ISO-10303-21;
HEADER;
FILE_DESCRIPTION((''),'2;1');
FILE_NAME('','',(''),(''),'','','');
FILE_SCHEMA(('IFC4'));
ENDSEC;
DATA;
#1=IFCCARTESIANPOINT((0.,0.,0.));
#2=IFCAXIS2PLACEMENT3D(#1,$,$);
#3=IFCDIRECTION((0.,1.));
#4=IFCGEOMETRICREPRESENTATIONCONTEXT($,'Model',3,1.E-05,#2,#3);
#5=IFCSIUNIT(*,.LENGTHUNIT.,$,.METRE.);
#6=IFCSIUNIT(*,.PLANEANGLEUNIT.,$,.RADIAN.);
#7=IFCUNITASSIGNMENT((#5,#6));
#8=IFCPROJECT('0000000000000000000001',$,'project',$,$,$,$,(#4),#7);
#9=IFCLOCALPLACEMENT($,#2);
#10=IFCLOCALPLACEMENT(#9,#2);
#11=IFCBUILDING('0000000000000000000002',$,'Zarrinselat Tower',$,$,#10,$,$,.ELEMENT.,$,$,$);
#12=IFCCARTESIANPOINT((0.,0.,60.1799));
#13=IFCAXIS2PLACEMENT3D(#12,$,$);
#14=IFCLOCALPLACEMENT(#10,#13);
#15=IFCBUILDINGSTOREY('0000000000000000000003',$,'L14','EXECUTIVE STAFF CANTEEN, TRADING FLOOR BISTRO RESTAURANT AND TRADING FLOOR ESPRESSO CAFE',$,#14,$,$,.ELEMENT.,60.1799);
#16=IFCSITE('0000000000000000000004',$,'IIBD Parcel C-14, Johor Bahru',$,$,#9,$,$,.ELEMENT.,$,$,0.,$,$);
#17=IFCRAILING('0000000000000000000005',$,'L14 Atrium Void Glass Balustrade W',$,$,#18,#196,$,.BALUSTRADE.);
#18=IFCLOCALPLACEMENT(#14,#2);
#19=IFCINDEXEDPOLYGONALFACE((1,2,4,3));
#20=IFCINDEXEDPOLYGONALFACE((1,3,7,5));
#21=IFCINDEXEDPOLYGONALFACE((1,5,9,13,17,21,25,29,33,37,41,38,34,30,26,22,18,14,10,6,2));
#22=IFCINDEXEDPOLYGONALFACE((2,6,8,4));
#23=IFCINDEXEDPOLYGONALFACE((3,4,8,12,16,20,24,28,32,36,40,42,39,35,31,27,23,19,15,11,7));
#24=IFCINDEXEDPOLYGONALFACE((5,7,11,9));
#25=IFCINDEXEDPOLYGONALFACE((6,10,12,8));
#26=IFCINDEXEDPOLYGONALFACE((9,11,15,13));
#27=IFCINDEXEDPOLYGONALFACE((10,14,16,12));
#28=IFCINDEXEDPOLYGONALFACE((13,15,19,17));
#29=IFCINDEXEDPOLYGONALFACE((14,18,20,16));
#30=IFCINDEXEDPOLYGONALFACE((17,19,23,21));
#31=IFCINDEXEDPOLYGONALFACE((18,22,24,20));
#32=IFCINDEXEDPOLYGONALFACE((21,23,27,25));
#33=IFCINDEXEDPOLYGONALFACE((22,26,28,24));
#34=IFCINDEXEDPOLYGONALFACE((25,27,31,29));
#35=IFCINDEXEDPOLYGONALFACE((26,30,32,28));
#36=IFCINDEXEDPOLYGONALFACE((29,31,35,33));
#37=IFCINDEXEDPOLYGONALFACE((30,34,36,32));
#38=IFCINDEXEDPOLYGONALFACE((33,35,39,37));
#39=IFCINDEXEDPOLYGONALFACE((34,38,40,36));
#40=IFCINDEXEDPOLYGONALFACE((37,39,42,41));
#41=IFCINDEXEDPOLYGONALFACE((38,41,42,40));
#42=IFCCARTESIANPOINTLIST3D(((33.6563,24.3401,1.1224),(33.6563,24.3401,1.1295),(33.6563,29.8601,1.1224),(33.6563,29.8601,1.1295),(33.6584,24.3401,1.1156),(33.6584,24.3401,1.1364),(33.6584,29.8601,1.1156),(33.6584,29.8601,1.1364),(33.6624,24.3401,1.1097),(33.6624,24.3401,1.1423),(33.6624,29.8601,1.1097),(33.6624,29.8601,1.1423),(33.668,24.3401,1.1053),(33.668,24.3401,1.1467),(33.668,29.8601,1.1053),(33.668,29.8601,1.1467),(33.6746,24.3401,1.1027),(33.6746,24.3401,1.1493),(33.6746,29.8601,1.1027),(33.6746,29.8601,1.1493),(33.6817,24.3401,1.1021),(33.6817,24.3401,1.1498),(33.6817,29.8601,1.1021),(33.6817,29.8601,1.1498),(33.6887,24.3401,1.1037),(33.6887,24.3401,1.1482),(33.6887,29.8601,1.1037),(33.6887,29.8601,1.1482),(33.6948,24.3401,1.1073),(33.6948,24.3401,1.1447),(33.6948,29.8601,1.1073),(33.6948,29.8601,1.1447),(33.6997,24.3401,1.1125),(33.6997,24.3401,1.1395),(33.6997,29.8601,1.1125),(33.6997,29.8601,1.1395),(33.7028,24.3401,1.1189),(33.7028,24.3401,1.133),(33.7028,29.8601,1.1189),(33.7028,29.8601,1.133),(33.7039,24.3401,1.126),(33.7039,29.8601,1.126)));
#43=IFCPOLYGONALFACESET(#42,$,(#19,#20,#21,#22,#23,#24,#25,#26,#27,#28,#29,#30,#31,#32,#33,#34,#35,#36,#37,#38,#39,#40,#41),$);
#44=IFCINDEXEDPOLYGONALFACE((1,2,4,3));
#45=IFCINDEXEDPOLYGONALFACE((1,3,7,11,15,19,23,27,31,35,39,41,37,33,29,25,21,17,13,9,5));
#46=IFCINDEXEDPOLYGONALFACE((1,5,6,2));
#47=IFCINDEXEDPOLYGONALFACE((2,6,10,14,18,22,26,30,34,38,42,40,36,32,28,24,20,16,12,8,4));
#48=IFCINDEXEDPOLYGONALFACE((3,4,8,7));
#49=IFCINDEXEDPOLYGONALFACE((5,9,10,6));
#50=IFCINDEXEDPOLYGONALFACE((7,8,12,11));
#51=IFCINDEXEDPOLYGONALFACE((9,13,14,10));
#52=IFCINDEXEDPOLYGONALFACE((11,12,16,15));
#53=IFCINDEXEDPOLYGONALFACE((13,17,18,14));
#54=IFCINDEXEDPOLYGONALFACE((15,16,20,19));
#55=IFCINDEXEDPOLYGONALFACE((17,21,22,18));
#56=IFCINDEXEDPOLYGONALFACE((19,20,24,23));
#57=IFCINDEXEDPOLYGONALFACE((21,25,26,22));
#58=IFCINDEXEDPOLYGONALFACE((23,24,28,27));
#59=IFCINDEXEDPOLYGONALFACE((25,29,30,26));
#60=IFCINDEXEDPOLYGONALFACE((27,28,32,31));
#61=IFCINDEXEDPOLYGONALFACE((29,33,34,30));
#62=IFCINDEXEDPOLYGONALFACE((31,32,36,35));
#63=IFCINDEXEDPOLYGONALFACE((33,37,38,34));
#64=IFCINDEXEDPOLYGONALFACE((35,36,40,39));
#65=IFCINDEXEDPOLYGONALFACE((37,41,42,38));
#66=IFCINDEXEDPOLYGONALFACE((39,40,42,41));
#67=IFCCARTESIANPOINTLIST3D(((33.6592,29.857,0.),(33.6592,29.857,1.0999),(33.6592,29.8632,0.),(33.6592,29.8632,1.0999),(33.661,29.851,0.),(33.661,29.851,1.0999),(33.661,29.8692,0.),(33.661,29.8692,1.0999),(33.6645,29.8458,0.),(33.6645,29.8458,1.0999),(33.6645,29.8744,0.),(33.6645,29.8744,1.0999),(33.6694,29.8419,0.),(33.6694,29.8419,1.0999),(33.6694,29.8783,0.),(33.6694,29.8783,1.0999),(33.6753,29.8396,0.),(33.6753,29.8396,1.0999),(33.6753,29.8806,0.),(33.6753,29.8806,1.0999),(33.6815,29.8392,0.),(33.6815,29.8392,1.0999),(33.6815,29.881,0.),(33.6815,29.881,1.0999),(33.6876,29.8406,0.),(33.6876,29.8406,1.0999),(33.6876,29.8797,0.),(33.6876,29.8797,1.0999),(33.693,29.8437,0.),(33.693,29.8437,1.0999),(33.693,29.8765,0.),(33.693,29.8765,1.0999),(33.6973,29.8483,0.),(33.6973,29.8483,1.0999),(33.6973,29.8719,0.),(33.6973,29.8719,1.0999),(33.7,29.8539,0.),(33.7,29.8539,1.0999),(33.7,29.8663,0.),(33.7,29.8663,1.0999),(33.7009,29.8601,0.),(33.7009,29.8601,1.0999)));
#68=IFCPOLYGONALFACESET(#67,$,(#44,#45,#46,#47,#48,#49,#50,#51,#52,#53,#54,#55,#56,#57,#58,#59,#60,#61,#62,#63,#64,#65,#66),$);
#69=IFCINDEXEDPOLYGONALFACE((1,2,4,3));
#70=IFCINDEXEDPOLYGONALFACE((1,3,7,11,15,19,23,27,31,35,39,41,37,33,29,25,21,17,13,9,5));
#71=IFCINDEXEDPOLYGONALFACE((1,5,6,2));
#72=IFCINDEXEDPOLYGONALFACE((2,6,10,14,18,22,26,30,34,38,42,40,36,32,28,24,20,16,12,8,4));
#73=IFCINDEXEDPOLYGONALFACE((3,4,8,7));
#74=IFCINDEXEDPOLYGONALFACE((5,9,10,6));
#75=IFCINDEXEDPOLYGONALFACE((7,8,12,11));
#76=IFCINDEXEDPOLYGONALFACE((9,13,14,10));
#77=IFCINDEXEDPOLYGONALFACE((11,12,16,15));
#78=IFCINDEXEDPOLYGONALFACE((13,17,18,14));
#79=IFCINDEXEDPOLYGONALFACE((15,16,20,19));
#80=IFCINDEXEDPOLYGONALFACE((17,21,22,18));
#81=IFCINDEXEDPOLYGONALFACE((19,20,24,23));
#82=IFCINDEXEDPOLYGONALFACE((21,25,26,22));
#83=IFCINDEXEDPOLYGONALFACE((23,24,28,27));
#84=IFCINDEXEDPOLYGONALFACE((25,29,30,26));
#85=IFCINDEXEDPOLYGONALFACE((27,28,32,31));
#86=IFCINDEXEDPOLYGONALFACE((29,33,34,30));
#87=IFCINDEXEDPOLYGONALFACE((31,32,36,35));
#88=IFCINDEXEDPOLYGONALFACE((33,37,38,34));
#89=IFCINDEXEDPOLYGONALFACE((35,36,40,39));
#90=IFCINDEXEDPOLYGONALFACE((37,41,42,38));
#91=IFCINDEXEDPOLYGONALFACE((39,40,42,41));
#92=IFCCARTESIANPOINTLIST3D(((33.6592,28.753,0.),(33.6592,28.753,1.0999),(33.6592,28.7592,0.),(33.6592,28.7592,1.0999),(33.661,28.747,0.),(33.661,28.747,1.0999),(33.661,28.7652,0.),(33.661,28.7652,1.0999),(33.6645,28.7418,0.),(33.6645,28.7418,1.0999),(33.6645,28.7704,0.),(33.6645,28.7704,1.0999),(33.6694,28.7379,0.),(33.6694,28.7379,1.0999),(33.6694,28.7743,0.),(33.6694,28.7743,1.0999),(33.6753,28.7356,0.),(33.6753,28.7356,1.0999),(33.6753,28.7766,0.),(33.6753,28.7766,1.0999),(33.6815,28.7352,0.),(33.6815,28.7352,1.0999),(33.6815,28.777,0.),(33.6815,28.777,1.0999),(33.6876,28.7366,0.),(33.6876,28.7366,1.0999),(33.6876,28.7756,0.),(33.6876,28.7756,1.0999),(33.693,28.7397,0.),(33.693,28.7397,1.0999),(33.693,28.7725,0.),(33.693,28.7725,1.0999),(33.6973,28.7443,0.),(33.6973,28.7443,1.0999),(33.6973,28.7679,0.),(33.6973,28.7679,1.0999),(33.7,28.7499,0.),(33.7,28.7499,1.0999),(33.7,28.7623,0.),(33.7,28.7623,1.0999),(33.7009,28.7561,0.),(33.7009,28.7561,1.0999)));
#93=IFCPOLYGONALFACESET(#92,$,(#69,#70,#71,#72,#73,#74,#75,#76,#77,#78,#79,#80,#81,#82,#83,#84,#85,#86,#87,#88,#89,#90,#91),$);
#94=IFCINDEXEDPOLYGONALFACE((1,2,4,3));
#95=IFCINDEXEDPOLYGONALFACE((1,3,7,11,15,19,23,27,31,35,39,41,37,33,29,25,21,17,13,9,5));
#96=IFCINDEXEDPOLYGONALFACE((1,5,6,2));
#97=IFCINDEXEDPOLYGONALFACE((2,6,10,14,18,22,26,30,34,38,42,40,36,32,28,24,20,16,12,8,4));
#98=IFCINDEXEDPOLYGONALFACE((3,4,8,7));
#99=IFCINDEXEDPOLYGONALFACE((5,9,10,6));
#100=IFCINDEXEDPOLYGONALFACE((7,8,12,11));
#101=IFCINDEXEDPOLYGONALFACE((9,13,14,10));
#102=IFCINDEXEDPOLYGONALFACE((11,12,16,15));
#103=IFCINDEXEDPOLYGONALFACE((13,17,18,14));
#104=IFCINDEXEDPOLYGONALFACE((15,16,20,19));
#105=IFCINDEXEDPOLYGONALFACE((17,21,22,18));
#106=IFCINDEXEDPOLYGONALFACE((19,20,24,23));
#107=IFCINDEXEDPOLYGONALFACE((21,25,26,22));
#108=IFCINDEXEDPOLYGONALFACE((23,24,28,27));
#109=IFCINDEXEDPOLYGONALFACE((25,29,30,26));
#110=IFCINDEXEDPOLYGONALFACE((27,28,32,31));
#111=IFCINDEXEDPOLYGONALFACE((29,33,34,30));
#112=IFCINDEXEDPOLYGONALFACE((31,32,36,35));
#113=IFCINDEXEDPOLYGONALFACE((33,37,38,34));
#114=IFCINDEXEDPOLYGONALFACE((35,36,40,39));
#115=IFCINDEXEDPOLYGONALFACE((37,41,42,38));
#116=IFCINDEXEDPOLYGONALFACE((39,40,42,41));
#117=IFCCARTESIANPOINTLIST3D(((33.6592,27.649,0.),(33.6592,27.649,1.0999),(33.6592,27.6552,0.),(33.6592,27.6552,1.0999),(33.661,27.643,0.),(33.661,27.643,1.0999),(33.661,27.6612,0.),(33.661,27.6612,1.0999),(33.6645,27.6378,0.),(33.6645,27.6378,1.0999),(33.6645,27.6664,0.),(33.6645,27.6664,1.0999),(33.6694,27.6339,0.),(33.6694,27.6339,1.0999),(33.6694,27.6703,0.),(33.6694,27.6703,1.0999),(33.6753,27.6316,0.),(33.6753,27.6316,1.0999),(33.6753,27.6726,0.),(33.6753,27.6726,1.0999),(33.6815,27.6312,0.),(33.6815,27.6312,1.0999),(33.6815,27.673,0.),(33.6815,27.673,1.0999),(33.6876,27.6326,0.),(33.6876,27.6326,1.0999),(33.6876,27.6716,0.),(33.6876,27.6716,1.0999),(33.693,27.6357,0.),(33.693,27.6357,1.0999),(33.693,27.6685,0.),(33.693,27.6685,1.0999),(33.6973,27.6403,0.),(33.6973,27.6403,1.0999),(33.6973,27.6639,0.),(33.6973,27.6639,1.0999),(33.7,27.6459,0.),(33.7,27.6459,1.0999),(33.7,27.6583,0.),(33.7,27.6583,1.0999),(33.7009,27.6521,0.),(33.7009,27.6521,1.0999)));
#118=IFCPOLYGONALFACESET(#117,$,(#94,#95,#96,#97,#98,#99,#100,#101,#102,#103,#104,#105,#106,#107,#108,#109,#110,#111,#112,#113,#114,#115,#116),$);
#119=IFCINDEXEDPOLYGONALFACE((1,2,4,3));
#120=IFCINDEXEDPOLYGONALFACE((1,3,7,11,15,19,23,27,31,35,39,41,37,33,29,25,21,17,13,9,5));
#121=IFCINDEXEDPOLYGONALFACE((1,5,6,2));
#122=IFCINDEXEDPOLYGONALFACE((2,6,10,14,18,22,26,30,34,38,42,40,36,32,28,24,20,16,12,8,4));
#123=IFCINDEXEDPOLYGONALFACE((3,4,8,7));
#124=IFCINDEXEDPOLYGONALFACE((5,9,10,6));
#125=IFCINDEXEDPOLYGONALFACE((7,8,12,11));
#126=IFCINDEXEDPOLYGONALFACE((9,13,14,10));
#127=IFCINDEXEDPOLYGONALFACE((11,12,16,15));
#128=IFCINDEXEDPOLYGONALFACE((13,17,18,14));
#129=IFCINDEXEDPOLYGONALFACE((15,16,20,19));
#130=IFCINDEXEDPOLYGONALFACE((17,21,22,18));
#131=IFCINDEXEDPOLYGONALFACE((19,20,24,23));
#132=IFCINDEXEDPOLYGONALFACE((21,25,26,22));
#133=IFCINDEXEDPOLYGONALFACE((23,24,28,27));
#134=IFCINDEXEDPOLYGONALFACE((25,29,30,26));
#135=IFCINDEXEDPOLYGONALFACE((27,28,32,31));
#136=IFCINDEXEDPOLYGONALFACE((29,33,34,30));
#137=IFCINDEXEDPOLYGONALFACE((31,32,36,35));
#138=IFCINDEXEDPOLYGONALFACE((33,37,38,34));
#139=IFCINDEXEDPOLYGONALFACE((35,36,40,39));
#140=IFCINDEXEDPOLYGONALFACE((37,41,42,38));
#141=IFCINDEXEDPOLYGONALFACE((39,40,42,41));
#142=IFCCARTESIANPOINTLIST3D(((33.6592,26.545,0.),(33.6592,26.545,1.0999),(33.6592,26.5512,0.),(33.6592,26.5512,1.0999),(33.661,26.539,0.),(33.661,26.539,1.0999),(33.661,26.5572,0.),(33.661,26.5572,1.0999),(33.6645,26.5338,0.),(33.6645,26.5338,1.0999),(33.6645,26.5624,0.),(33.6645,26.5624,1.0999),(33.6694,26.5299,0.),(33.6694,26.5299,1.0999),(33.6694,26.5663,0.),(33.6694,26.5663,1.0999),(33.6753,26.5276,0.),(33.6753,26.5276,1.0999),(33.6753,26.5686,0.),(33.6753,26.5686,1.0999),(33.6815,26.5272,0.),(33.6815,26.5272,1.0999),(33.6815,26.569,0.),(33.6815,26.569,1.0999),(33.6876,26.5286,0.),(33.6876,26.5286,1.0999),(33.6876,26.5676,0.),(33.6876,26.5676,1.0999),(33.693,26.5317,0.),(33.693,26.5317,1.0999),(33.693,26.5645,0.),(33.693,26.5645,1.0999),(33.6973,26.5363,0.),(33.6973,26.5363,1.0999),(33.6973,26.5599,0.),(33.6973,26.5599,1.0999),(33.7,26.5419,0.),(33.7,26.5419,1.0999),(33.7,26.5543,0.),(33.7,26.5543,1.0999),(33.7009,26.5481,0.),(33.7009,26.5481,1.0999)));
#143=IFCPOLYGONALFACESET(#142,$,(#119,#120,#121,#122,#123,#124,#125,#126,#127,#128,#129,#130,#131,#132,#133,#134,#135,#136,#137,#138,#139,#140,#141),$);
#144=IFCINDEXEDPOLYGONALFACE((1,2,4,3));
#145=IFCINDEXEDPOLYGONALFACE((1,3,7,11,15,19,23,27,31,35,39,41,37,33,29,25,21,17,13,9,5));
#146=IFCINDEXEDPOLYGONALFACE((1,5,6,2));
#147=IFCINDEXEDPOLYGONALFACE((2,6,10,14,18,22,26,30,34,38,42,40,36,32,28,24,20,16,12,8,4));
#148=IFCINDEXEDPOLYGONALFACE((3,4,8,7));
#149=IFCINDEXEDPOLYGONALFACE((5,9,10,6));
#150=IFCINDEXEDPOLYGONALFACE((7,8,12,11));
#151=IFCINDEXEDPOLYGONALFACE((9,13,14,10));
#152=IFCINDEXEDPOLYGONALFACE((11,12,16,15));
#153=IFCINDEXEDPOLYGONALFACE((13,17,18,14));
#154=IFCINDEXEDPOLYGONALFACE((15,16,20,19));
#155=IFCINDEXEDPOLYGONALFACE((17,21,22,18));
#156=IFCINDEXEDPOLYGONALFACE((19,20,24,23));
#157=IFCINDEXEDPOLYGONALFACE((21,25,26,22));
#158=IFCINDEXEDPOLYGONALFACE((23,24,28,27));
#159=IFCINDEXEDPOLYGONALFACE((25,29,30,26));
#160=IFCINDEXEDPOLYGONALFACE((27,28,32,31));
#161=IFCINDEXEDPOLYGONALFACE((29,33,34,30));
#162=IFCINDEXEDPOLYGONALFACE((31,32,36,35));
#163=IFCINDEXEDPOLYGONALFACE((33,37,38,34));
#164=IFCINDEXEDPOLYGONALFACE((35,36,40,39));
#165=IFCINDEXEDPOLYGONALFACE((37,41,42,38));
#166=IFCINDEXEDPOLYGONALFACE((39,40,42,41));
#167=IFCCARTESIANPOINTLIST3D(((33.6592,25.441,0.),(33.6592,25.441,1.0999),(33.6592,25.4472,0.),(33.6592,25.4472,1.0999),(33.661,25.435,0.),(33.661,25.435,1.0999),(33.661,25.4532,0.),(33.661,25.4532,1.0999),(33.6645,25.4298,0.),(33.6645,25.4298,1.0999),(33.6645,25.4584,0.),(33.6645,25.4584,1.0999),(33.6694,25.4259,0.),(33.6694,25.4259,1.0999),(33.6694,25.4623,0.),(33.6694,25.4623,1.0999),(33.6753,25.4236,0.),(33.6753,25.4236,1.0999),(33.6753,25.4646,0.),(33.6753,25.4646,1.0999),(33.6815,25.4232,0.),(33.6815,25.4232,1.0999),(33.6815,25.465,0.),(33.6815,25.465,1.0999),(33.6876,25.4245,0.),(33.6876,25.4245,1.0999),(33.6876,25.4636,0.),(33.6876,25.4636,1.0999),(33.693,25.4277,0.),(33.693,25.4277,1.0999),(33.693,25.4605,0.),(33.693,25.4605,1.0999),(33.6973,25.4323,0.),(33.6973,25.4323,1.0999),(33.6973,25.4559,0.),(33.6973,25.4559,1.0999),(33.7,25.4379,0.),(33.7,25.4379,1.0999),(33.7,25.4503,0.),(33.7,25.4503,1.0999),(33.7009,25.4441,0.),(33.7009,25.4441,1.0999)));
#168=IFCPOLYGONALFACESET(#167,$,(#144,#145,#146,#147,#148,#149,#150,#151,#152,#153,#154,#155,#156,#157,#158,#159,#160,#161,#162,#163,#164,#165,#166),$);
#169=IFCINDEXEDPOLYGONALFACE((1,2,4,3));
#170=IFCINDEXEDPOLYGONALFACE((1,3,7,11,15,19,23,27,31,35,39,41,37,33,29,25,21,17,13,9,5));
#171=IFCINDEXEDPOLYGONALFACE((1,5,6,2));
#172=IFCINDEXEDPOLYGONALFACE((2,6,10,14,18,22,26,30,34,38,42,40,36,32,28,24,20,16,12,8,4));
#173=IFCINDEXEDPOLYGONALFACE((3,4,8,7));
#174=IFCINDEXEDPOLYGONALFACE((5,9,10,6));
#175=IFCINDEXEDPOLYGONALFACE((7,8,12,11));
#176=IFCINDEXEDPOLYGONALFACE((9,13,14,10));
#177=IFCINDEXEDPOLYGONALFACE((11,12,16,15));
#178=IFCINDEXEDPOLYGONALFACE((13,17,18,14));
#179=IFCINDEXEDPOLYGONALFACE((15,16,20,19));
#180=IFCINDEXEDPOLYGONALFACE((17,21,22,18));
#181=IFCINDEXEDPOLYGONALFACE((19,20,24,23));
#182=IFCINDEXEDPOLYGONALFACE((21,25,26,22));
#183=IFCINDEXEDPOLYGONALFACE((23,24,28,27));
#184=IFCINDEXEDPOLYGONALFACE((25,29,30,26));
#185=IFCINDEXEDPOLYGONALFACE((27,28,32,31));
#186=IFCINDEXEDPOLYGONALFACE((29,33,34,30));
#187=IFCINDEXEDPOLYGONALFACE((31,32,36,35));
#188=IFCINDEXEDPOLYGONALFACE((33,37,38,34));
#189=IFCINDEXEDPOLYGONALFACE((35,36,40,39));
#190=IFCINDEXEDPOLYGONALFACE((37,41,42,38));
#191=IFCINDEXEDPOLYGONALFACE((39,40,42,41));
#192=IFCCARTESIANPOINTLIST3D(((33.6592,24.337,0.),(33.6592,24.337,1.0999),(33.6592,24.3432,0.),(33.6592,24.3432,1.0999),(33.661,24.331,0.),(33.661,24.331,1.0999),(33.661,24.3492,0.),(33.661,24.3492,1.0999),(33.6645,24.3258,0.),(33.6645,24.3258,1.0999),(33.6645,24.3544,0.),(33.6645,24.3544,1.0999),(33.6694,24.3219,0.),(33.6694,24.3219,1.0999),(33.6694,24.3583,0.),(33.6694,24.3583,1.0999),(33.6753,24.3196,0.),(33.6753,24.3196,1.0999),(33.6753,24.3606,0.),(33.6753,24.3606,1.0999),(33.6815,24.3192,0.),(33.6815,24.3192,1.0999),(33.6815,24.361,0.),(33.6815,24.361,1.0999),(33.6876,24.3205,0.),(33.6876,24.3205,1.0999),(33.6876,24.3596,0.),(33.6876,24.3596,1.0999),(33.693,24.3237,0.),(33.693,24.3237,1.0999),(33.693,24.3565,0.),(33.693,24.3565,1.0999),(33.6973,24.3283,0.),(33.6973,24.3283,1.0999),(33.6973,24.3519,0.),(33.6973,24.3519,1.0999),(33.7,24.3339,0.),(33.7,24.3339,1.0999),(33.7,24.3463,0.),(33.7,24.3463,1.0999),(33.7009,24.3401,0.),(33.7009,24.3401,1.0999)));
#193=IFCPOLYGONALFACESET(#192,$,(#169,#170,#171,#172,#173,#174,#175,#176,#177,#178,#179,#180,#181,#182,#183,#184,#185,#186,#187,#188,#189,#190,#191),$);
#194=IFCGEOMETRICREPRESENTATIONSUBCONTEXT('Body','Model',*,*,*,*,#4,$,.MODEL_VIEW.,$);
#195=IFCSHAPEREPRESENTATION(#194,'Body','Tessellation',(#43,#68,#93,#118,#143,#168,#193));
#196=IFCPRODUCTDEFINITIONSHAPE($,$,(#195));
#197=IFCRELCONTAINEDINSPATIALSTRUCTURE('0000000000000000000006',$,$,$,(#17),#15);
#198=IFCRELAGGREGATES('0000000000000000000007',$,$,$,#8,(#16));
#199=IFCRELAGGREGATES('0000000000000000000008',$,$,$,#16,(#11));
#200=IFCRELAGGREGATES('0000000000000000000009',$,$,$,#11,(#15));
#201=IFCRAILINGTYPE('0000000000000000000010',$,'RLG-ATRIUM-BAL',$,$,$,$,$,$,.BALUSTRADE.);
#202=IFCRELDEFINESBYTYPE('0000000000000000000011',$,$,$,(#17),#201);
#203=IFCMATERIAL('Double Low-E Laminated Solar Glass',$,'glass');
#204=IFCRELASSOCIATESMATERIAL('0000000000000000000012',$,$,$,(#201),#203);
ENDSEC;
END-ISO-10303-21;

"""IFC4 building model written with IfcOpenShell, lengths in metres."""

from ifc_helpers import new_model, si_unit, direction, frame, origin, origin_2d, place, context, subcontext, project, spatial, circle, extrude, material, type_object, element, save


model = new_model("IFC4")

# Units and contexts
model_context = context("Model", 3, precision=1e-05, world=origin(), true_north=direction((0.0, 1.0)))
body_context = subcontext(model_context, "Body", "Model", "MODEL_VIEW")
ifc_project = project(units=[si_unit("LENGTHUNIT", "METRE"), si_unit("PLANEANGLEUNIT", "RADIAN")], contexts=[model_context])

# Site, building, storey
site_placement = place(None, origin())
site = spatial("IfcSite", under=ifc_project, at=site_placement, Name="IIBD Parcel C-14, Johor Bahru", CompositionType="ELEMENT", RefElevation=0.0)
building_placement = place(site_placement, origin())
building = spatial("IfcBuilding", under=site, at=building_placement, Name="Zarrinselat Tower", CompositionType="ELEMENT")
storey_placement = place(building_placement, frame((0.0, 0.0, 60.1799)))
storey = spatial("IfcBuildingStorey", under=building, at=storey_placement, Name="L14", Description="EXECUTIVE STAFF CANTEEN, TRADING FLOOR BISTRO RESTAURANT AND TRADING FLOOR ESPRESSO CAFE", CompositionType="ELEMENT", Elevation=60.1799)

# Railing
ifc_material_1 = material(Name="Double Low-E Laminated Solar Glass", Category="glass")
railing_type_1 = type_object("IfcRailingType", Name="RLG-ATRIUM-BAL", PredefinedType="BALUSTRADE", material=ifc_material_1)
railing_1_placement = place(storey_placement, frame((33.6799, 29.8601, 0.0)))
element("IfcRailing", 1, at=railing_1_placement, inside=storey, type_object=railing_type_1, Name="L14 Atrium Void Glass Balustrade W", PredefinedType="BALUSTRADE", context=body_context, shape_type="SweptSolid", body=[
    extrude(circle(Radius=0.0239, at=origin_2d()), frame((0.0, 0.0, 1.126), z_axis=(0.0, -1.0, 0.0), x_axis=(1.0, 0.0, 0.0)), (0.0, 0.0, 1.0), 5.52),
    extrude(circle(Radius=0.021, at=origin_2d()), origin(), (0.0, 0.0, 1.0), 1.0999),
    extrude(circle(Radius=0.021, at=origin_2d()), frame((0.0, -1.104, 0.0)), (0.0, 0.0, 1.0), 1.0999),
    extrude(circle(Radius=0.021, at=origin_2d()), frame((0.0, -2.208, 0.0)), (0.0, 0.0, 1.0), 1.0999),
    extrude(circle(Radius=0.021, at=origin_2d()), frame((0.0, -3.312, 0.0)), (0.0, 0.0, 1.0), 1.0999),
    extrude(circle(Radius=0.021, at=origin_2d()), frame((0.0, -4.416, 0.0)), (0.0, 0.0, 1.0), 1.0999),
    extrude(circle(Radius=0.021, at=origin_2d()), frame((0.0, -5.52, 0.0)), (0.0, 0.0, 1.0), 1.0999),
])

save(model, "model.ifc")
